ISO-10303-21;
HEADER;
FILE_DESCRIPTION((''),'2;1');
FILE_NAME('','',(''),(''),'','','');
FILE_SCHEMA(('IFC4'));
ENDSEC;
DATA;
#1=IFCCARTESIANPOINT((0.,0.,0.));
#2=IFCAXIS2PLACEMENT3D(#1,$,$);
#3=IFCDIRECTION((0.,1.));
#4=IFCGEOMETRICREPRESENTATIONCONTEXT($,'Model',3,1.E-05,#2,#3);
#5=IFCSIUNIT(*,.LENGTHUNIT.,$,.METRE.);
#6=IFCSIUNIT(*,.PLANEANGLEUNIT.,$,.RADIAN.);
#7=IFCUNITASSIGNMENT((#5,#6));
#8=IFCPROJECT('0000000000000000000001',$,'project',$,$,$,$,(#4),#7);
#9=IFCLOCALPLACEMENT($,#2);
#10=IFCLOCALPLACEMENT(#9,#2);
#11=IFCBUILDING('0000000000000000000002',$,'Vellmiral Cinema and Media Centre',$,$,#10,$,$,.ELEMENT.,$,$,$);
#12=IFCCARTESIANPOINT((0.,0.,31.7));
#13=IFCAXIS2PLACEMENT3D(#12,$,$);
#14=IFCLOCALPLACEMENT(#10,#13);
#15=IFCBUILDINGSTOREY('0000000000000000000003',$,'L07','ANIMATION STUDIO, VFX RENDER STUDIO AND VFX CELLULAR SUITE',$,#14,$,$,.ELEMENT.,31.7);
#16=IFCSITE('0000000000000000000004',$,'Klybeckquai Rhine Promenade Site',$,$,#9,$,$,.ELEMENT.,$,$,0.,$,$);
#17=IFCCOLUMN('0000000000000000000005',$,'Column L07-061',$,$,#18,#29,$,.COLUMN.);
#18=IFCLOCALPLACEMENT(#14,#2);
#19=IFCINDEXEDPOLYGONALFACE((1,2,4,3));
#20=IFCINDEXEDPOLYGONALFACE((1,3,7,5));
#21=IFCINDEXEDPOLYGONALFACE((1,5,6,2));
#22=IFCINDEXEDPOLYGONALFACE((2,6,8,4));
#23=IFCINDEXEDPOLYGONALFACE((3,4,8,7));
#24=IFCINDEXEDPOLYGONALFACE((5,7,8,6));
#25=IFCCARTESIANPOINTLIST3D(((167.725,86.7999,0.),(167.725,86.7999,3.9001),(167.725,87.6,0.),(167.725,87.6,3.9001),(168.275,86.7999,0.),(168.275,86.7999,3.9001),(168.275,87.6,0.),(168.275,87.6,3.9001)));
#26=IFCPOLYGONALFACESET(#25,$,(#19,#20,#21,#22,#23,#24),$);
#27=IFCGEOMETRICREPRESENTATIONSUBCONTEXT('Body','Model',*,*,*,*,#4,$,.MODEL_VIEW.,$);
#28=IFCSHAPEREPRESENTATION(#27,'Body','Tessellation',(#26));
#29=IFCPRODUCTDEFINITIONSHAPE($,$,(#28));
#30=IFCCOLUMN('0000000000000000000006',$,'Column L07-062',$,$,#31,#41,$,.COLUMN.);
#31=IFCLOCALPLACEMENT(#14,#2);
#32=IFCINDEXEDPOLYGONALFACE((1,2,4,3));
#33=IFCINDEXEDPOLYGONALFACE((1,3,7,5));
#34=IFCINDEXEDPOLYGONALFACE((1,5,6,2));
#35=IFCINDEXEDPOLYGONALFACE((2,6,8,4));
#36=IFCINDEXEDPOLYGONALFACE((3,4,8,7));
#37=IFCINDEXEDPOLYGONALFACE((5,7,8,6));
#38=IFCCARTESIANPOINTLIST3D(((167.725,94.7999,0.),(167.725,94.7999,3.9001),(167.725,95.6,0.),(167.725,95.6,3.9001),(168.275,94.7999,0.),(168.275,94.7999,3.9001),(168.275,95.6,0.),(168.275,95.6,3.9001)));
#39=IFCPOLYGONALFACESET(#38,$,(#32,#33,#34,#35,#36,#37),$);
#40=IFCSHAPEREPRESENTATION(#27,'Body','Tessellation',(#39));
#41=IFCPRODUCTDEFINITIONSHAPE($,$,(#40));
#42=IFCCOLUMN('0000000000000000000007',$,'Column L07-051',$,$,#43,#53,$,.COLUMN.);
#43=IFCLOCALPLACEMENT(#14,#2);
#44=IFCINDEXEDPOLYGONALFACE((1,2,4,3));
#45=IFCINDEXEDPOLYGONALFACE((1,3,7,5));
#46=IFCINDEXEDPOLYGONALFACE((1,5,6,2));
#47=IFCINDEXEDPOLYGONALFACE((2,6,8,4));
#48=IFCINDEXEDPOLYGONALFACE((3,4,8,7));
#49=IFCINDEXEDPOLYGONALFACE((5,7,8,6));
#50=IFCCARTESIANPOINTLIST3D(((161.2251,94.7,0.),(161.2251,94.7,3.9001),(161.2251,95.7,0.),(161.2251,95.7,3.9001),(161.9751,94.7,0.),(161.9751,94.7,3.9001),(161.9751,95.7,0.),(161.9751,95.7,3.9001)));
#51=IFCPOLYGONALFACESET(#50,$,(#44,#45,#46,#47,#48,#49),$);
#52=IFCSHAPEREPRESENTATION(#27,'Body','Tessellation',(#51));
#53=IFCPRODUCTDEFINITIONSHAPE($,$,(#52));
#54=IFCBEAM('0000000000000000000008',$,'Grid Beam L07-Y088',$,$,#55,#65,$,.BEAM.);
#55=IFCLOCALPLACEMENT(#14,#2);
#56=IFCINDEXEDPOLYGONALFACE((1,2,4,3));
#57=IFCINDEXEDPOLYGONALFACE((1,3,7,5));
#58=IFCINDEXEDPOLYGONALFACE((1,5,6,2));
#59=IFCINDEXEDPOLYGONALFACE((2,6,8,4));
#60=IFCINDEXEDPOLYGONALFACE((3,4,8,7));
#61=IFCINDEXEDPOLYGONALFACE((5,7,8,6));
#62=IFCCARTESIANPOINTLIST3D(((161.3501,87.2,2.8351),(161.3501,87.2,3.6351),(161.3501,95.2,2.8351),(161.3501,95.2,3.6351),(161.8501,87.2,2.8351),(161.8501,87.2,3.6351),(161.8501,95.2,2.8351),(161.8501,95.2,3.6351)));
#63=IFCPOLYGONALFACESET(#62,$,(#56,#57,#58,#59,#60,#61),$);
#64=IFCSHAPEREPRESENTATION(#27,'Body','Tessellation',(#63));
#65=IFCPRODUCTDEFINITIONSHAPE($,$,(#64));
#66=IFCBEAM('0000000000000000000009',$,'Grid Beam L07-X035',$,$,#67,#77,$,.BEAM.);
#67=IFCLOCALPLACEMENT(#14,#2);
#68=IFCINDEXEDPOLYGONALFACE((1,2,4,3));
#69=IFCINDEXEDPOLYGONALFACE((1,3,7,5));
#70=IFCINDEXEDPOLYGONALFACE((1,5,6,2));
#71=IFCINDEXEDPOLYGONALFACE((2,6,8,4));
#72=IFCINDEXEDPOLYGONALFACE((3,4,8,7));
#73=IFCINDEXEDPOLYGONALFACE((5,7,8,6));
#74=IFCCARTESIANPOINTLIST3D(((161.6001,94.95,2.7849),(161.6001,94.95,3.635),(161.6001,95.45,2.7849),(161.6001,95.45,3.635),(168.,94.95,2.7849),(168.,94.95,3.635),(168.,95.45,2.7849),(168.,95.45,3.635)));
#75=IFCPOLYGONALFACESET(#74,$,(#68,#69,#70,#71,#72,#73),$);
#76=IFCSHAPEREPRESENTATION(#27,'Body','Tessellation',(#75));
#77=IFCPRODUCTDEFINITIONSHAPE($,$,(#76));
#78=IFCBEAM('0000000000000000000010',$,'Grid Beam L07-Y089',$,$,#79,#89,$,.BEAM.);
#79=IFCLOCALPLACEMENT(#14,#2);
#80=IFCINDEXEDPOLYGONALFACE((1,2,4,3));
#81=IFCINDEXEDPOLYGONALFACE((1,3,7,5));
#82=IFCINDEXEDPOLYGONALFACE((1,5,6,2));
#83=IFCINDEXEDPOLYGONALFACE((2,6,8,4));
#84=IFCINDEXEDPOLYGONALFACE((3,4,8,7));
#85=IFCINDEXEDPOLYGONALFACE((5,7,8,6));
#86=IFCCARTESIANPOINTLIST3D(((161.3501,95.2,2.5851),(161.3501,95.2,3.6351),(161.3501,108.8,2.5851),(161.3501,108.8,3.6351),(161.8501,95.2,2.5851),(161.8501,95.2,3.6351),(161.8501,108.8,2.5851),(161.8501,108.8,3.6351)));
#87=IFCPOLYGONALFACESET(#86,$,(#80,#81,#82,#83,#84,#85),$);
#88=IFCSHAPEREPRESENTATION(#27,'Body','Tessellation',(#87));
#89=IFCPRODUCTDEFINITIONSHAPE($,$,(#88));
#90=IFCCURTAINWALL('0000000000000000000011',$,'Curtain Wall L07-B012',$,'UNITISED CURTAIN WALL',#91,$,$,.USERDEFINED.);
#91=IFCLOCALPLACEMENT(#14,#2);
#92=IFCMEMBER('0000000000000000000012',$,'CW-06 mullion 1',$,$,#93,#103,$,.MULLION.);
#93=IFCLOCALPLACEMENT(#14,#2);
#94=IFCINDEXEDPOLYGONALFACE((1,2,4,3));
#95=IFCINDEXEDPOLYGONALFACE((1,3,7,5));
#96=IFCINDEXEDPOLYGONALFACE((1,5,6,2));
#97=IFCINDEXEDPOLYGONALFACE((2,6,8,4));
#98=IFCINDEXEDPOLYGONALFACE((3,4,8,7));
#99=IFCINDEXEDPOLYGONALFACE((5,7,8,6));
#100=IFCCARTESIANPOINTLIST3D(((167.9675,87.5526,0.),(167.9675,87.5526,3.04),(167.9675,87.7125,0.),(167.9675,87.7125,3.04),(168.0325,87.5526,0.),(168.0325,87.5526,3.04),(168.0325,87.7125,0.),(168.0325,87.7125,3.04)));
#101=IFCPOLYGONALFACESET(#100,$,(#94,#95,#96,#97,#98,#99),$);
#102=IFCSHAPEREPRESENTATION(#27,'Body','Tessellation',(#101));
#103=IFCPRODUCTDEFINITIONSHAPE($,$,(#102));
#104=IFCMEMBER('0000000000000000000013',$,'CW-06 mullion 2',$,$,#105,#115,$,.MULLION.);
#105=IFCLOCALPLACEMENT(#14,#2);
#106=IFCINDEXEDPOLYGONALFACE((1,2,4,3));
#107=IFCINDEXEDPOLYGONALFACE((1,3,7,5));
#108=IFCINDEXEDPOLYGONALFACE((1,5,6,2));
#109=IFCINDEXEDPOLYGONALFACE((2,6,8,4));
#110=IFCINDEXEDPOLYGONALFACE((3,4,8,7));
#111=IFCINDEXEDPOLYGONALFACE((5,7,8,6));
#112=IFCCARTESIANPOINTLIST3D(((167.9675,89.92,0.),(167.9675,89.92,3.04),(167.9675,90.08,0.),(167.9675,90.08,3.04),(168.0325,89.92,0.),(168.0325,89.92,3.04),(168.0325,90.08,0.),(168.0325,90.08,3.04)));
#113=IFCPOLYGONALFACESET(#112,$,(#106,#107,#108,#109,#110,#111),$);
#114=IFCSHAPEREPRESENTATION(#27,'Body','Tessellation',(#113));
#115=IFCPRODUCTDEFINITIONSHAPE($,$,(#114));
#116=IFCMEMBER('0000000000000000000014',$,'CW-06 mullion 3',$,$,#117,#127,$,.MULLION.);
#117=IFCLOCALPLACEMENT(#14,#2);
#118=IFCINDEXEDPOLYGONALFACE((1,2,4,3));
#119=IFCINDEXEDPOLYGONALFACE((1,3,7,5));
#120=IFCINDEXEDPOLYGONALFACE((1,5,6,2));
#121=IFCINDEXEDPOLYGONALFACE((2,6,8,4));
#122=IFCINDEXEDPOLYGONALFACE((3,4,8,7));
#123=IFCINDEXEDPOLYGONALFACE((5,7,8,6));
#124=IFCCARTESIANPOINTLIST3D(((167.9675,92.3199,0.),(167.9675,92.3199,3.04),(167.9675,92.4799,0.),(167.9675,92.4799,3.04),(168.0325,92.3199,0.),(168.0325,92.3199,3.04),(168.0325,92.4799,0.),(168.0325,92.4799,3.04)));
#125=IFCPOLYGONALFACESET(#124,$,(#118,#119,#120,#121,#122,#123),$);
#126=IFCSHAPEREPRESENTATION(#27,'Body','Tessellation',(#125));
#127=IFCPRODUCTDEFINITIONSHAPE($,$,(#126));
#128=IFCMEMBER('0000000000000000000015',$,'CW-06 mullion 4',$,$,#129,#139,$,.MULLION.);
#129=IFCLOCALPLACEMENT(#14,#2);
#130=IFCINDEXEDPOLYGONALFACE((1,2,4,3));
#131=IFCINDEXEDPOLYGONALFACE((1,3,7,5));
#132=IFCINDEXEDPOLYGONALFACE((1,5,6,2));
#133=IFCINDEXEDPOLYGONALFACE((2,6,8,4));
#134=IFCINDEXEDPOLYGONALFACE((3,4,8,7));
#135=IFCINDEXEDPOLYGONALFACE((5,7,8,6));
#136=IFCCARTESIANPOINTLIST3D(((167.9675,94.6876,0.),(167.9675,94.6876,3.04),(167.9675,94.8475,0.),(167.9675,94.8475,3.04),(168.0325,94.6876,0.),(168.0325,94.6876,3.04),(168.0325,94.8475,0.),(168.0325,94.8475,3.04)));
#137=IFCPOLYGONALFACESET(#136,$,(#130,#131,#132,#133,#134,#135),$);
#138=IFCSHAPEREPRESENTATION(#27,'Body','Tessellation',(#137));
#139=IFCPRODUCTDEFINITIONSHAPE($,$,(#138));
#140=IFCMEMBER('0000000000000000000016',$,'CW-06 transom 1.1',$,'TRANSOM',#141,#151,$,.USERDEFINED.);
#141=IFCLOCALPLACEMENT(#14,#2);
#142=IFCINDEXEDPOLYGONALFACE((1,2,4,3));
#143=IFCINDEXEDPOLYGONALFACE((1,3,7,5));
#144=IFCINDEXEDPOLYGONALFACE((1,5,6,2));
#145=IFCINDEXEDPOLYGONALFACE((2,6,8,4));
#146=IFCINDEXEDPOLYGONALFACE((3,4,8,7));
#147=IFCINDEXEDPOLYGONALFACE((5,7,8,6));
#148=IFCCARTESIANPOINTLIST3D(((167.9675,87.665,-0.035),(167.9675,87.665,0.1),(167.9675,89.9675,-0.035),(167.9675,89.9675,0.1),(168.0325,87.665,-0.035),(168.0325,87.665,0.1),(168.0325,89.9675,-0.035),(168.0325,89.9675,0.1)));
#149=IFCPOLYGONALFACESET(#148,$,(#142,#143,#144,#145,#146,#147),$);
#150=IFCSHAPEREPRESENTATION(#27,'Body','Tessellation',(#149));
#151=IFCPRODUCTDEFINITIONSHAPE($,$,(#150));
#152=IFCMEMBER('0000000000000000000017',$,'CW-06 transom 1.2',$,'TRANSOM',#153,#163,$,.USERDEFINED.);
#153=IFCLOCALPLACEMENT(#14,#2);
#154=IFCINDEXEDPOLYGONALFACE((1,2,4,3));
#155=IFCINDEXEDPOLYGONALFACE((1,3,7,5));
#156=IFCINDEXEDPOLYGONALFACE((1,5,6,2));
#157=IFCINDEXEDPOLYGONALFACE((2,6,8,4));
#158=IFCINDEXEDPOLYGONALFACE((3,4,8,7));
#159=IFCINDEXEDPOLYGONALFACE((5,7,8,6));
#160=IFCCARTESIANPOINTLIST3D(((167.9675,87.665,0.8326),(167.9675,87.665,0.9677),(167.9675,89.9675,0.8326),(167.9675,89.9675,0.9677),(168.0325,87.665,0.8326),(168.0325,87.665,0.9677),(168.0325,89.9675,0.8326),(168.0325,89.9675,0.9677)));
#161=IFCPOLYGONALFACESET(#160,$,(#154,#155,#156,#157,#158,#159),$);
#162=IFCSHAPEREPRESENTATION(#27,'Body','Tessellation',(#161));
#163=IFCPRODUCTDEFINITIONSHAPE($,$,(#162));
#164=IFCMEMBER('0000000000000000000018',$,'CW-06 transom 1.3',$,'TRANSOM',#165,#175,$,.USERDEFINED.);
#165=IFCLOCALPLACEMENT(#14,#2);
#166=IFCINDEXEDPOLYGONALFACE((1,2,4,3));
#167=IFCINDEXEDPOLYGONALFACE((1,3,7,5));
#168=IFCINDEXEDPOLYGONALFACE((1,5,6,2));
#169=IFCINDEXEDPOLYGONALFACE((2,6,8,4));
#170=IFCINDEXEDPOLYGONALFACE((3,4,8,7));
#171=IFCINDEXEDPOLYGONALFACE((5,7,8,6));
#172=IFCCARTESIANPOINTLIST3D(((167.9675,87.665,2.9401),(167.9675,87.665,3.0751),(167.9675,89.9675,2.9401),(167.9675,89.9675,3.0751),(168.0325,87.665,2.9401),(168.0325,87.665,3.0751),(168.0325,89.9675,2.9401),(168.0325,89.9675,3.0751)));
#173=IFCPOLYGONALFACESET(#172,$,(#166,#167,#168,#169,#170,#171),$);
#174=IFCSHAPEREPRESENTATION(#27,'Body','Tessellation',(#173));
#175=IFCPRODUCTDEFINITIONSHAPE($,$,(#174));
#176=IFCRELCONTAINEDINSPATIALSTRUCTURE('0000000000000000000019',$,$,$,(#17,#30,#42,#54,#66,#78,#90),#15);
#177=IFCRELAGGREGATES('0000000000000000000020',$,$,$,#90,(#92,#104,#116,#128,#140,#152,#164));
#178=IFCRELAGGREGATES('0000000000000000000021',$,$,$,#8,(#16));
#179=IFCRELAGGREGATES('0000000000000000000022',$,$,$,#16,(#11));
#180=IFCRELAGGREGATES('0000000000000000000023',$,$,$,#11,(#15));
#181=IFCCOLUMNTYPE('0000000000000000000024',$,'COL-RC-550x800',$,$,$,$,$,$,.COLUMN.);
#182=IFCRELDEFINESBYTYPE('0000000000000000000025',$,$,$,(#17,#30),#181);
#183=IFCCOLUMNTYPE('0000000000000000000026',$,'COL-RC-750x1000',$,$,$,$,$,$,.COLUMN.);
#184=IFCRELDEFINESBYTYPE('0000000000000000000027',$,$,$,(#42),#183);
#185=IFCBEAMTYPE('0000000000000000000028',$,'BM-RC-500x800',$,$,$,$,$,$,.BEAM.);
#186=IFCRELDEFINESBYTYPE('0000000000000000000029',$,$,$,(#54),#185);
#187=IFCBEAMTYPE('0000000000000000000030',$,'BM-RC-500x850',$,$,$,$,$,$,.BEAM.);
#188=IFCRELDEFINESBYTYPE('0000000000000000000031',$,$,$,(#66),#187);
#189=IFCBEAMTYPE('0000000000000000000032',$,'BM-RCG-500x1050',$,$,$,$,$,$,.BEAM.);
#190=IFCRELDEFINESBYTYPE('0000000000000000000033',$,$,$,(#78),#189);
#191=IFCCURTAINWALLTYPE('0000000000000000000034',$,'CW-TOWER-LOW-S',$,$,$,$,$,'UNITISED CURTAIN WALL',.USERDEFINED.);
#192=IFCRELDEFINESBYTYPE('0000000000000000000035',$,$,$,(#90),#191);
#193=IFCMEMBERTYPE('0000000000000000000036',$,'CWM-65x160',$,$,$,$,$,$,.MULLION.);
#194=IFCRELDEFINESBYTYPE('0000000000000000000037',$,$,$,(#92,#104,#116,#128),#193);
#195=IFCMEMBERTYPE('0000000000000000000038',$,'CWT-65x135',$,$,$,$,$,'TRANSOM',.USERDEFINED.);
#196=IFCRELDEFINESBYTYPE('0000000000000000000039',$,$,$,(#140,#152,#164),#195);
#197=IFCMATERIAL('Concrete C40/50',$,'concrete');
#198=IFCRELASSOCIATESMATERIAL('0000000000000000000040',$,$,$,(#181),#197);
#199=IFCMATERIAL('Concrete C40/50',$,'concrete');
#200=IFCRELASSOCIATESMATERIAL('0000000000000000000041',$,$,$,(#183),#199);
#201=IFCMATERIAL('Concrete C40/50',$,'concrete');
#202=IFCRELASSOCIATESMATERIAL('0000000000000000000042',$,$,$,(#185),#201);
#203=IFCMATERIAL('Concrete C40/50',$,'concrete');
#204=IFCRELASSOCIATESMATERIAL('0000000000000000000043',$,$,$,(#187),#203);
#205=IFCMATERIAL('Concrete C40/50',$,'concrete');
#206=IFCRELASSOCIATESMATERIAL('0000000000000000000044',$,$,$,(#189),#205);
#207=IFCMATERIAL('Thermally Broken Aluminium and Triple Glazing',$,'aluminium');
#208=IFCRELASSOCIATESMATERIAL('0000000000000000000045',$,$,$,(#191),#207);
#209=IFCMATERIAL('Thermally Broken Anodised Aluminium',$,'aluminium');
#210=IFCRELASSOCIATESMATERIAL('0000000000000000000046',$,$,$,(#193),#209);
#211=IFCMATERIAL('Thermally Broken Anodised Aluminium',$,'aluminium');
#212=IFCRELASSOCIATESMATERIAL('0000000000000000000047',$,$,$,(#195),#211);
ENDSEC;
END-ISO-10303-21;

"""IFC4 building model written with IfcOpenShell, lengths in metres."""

from ifc_helpers import new_model, si_unit, direction, frame, origin, origin_2d, place, context, subcontext, project, spatial, rectangle, extrude, material, material_profile, profile_set, type_object, element, aggregate, save


model = new_model("IFC4")

# Units and contexts
model_context = context("Model", 3, precision=1e-05, world=origin(), true_north=direction((0.0, 1.0)))
body_context = subcontext(model_context, "Body", "Model", "MODEL_VIEW")
ifc_project = project(units=[si_unit("LENGTHUNIT", "METRE"), si_unit("PLANEANGLEUNIT", "RADIAN")], contexts=[model_context])

# Site, building, storey
site_placement = place(None, origin())
site = spatial("IfcSite", under=ifc_project, at=site_placement, Name="Klybeckquai Rhine Promenade Site", CompositionType="ELEMENT", RefElevation=0.0)
building_placement = place(site_placement, origin())
building = spatial("IfcBuilding", under=site, at=building_placement, Name="Vellmiral Cinema and Media Centre", CompositionType="ELEMENT")
storey_placement = place(building_placement, frame((0.0, 0.0, 31.7)))
storey = spatial("IfcBuildingStorey", under=building, at=storey_placement, Name="L07", Description="ANIMATION STUDIO, VFX RENDER STUDIO AND VFX CELLULAR SUITE", CompositionType="ELEMENT", Elevation=31.7)

# Columns
ifc_material_1 = material(Name="Concrete C40/50", Category="concrete")
ifc_material_profile_1 = material_profile(ifc_material_1, rectangle(XDim=0.55, YDim=0.8, at=origin_2d()), Name="RC 550x800")
ifc_profile_set_1 = profile_set([ifc_material_profile_1], Name="Concrete C40/50")
column_type_1 = type_object("IfcColumnType", Name="COL-RC-550x800", PredefinedType="COLUMN", material=ifc_profile_set_1)
for number, where, z_axis, x_axis, name in (
    (1, (168.0, 87.2, 0.0), (0.0, 0.0, 1.0), (1.0, 0.0, 0.0), "Column L07-061"),
    (2, (168.0, 95.2, 0.0), (0.0, 0.0, 1.0), (1.0, 0.0, 0.0), "Column L07-062"),
):
    element("IfcColumn", number, at=place(storey_placement, frame(where, z_axis=z_axis, x_axis=x_axis)), inside=storey, type_object=column_type_1, Name=name, PredefinedType="COLUMN", context=body_context, shape_type="SweptSolid", body=[
        extrude(rectangle(XDim=0.55, YDim=0.8, at=origin_2d()), origin(), (0.0, 0.0, 1.0), 3.9001),
    ])
ifc_material_2 = material(Name="Concrete C40/50", Category="concrete")
ifc_material_profile_2 = material_profile(ifc_material_2, rectangle(XDim=0.75, YDim=1.0, at=origin_2d()), Name="RC 750x1000")
ifc_profile_set_2 = profile_set([ifc_material_profile_2], Name="Concrete C40/50")
column_type_2 = type_object("IfcColumnType", Name="COL-RC-750x1000", PredefinedType="COLUMN", material=ifc_profile_set_2)
column_placement = place(storey_placement, frame((161.6001, 95.2, 0.0), z_axis=(0.0, 0.0, 1.0), x_axis=(1.0, 0.0, 0.0)))
element("IfcColumn", 3, at=column_placement, inside=storey, type_object=column_type_2, Name="Column L07-051", PredefinedType="COLUMN", context=body_context, shape_type="SweptSolid", body=[
    extrude(rectangle(XDim=0.75, YDim=1.0, at=origin_2d()), origin(), (0.0, 0.0, 1.0), 3.9001),
])

# Beams
ifc_material_3 = material(Name="Concrete C40/50", Category="concrete")
ifc_material_profile_3 = material_profile(ifc_material_3, rectangle(XDim=0.5, YDim=0.8, at=origin_2d()), Name="RC 500x800")
ifc_profile_set_3 = profile_set([ifc_material_profile_3], Name="Concrete C40/50")
beam_type_1 = type_object("IfcBeamType", Name="BM-RC-500x800", PredefinedType="BEAM", material=ifc_profile_set_3)
beam_1_placement = place(storey_placement, frame((161.6001, 87.2, 3.2351), z_axis=(0.0, 1.0, 0.0), x_axis=(-1.0, 0.0, 0.0)))
element("IfcBeam", 4, at=beam_1_placement, inside=storey, type_object=beam_type_1, Name="Grid Beam L07-Y088", PredefinedType="BEAM", context=body_context, shape_type="SweptSolid", body=[
    extrude(rectangle(XDim=0.5, YDim=0.8, at=origin_2d()), origin(), (0.0, 0.0, 1.0), 8.0),
])
ifc_material_4 = material(Name="Concrete C40/50", Category="concrete")
ifc_material_profile_4 = material_profile(ifc_material_4, rectangle(XDim=0.5, YDim=0.8501, at=origin_2d()), Name="RC 500x850")
ifc_profile_set_4 = profile_set([ifc_material_profile_4], Name="Concrete C40/50")
beam_type_2 = type_object("IfcBeamType", Name="BM-RC-500x850", PredefinedType="BEAM", material=ifc_profile_set_4)
beam_2_placement = place(storey_placement, frame((161.6001, 95.2, 3.21), z_axis=(1.0, 0.0, 0.0), x_axis=(0.0, 1.0, 0.0)))
element("IfcBeam", 5, at=beam_2_placement, inside=storey, type_object=beam_type_2, Name="Grid Beam L07-X035", PredefinedType="BEAM", context=body_context, shape_type="SweptSolid", body=[
    extrude(rectangle(XDim=0.5, YDim=0.8501, at=origin_2d()), origin(), (0.0, 0.0, 1.0), 6.3999),
])
ifc_material_5 = material(Name="Concrete C40/50", Category="concrete")
ifc_material_profile_5 = material_profile(ifc_material_5, rectangle(XDim=0.5, YDim=1.05, at=origin_2d()), Name="RC 500x1050")
ifc_profile_set_5 = profile_set([ifc_material_profile_5], Name="Concrete C40/50")
beam_type_3 = type_object("IfcBeamType", Name="BM-RCG-500x1050", PredefinedType="BEAM", material=ifc_profile_set_5)
beam_3_placement = place(storey_placement, frame((161.6001, 95.2, 3.1101), z_axis=(0.0, 1.0, 0.0), x_axis=(-1.0, 0.0, 0.0)))
element("IfcBeam", 6, at=beam_3_placement, inside=storey, type_object=beam_type_3, Name="Grid Beam L07-Y089", PredefinedType="BEAM", context=body_context, shape_type="SweptSolid", body=[
    extrude(rectangle(XDim=0.5, YDim=1.05, at=origin_2d()), origin(), (0.0, 0.0, 1.0), 13.6001),
])

# Curtain wall, members
ifc_material_6 = material(Name="Thermally Broken Aluminium and Triple Glazing", Category="aluminium")
curtain_wall_type = type_object("IfcCurtainWallType", Name="CW-TOWER-LOW-S", ElementType="UNITISED CURTAIN WALL", PredefinedType="USERDEFINED", material=ifc_material_6)
curtain_wall_placement = place(storey_placement, origin())
curtain_wall = element("IfcCurtainWall", 7, at=curtain_wall_placement, inside=storey, type_object=curtain_wall_type, Name="Curtain Wall L07-B012", ObjectType="UNITISED CURTAIN WALL", PredefinedType="USERDEFINED")
ifc_material_7 = material(Name="Thermally Broken Anodised Aluminium", Category="aluminium")
ifc_material_profile_6 = material_profile(ifc_material_7, rectangle(XDim=0.0649, YDim=0.1599, at=origin_2d()), Name="MULL 65x160")
ifc_profile_set_6 = profile_set([ifc_material_profile_6], Name="Thermally Broken Anodised Aluminium")
member_type_1 = type_object("IfcMemberType", Name="CWM-65x160", PredefinedType="MULLION", material=ifc_profile_set_6)
member_1_placement = place(storey_placement, frame((168.0, 87.6326, 0.0), z_axis=(0.0, 0.0, 1.0), x_axis=(-1.0, 0.0, 0.0)))
member_1 = element("IfcMember", 8, at=member_1_placement, type_object=member_type_1, Name="CW-06 mullion 1", PredefinedType="MULLION", context=body_context, shape_type="SweptSolid", body=[
    extrude(rectangle(XDim=0.0649, YDim=0.1599, at=origin_2d()), origin(), (0.0, 0.0, 1.0), 3.04),
])
member_2_placement = place(storey_placement, frame((168.0, 90.0, 0.0), z_axis=(0.0, 0.0, 1.0), x_axis=(-1.0, 0.0, 0.0)))
member_2 = element("IfcMember", 9, at=member_2_placement, type_object=member_type_1, Name="CW-06 mullion 2", PredefinedType="MULLION", context=body_context, shape_type="SweptSolid", body=[
    extrude(rectangle(XDim=0.0649, YDim=0.1599, at=origin_2d()), origin(), (0.0, 0.0, 1.0), 3.04),
])
member_3_placement = place(storey_placement, frame((168.0, 92.3999, 0.0), z_axis=(0.0, 0.0, 1.0), x_axis=(-1.0, 0.0, 0.0)))
member_3 = element("IfcMember", 10, at=member_3_placement, type_object=member_type_1, Name="CW-06 mullion 3", PredefinedType="MULLION", context=body_context, shape_type="SweptSolid", body=[
    extrude(rectangle(XDim=0.0649, YDim=0.1599, at=origin_2d()), origin(), (0.0, 0.0, 1.0), 3.04),
])
member_4_placement = place(storey_placement, frame((168.0, 94.7676, 0.0), z_axis=(0.0, 0.0, 1.0), x_axis=(-1.0, 0.0, 0.0)))
member_4 = element("IfcMember", 11, at=member_4_placement, type_object=member_type_1, Name="CW-06 mullion 4", PredefinedType="MULLION", context=body_context, shape_type="SweptSolid", body=[
    extrude(rectangle(XDim=0.0649, YDim=0.1599, at=origin_2d()), origin(), (0.0, 0.0, 1.0), 3.04),
])
ifc_material_8 = material(Name="Thermally Broken Anodised Aluminium", Category="aluminium")
ifc_material_profile_7 = material_profile(ifc_material_8, rectangle(XDim=0.0649, YDim=0.135, at=origin_2d()), Name="MULL 65x135")
ifc_profile_set_7 = profile_set([ifc_material_profile_7], Name="Thermally Broken Anodised Aluminium")
member_type_2 = type_object("IfcMemberType", Name="CWT-65x135", ElementType="TRANSOM", PredefinedType="USERDEFINED", material=ifc_profile_set_7)
member_5_placement = place(storey_placement, frame((168.0, 87.665, 0.0325), z_axis=(0.0, 1.0, 0.0), x_axis=(-1.0, 0.0, 0.0)))
member_5 = element("IfcMember", 12, at=member_5_placement, type_object=member_type_2, Name="CW-06 transom 1.1", ObjectType="TRANSOM", PredefinedType="USERDEFINED", context=body_context, shape_type="SweptSolid", body=[
    extrude(rectangle(XDim=0.0649, YDim=0.135, at=origin_2d()), origin(), (0.0, 0.0, 1.0), 2.3025),
])
member_6_placement = place(storey_placement, frame((168.0, 87.665, 0.9001), z_axis=(0.0, 1.0, 0.0), x_axis=(-1.0, 0.0, 0.0)))
member_6 = element("IfcMember", 13, at=member_6_placement, type_object=member_type_2, Name="CW-06 transom 1.2", ObjectType="TRANSOM", PredefinedType="USERDEFINED", context=body_context, shape_type="SweptSolid", body=[
    extrude(rectangle(XDim=0.0649, YDim=0.135, at=origin_2d()), origin(), (0.0, 0.0, 1.0), 2.3025),
])
member_7_placement = place(storey_placement, frame((168.0, 87.665, 3.0076), z_axis=(0.0, 1.0, 0.0), x_axis=(-1.0, 0.0, 0.0)))
member_7 = element("IfcMember", 14, at=member_7_placement, type_object=member_type_2, Name="CW-06 transom 1.3", ObjectType="TRANSOM", PredefinedType="USERDEFINED", context=body_context, shape_type="SweptSolid", body=[
    extrude(rectangle(XDim=0.0649, YDim=0.135, at=origin_2d()), origin(), (0.0, 0.0, 1.0), 2.3025),
])

aggregate(curtain_wall, [member_1, member_2, member_3, member_4, member_5, member_6, member_7])

save(model, "model.ifc")
